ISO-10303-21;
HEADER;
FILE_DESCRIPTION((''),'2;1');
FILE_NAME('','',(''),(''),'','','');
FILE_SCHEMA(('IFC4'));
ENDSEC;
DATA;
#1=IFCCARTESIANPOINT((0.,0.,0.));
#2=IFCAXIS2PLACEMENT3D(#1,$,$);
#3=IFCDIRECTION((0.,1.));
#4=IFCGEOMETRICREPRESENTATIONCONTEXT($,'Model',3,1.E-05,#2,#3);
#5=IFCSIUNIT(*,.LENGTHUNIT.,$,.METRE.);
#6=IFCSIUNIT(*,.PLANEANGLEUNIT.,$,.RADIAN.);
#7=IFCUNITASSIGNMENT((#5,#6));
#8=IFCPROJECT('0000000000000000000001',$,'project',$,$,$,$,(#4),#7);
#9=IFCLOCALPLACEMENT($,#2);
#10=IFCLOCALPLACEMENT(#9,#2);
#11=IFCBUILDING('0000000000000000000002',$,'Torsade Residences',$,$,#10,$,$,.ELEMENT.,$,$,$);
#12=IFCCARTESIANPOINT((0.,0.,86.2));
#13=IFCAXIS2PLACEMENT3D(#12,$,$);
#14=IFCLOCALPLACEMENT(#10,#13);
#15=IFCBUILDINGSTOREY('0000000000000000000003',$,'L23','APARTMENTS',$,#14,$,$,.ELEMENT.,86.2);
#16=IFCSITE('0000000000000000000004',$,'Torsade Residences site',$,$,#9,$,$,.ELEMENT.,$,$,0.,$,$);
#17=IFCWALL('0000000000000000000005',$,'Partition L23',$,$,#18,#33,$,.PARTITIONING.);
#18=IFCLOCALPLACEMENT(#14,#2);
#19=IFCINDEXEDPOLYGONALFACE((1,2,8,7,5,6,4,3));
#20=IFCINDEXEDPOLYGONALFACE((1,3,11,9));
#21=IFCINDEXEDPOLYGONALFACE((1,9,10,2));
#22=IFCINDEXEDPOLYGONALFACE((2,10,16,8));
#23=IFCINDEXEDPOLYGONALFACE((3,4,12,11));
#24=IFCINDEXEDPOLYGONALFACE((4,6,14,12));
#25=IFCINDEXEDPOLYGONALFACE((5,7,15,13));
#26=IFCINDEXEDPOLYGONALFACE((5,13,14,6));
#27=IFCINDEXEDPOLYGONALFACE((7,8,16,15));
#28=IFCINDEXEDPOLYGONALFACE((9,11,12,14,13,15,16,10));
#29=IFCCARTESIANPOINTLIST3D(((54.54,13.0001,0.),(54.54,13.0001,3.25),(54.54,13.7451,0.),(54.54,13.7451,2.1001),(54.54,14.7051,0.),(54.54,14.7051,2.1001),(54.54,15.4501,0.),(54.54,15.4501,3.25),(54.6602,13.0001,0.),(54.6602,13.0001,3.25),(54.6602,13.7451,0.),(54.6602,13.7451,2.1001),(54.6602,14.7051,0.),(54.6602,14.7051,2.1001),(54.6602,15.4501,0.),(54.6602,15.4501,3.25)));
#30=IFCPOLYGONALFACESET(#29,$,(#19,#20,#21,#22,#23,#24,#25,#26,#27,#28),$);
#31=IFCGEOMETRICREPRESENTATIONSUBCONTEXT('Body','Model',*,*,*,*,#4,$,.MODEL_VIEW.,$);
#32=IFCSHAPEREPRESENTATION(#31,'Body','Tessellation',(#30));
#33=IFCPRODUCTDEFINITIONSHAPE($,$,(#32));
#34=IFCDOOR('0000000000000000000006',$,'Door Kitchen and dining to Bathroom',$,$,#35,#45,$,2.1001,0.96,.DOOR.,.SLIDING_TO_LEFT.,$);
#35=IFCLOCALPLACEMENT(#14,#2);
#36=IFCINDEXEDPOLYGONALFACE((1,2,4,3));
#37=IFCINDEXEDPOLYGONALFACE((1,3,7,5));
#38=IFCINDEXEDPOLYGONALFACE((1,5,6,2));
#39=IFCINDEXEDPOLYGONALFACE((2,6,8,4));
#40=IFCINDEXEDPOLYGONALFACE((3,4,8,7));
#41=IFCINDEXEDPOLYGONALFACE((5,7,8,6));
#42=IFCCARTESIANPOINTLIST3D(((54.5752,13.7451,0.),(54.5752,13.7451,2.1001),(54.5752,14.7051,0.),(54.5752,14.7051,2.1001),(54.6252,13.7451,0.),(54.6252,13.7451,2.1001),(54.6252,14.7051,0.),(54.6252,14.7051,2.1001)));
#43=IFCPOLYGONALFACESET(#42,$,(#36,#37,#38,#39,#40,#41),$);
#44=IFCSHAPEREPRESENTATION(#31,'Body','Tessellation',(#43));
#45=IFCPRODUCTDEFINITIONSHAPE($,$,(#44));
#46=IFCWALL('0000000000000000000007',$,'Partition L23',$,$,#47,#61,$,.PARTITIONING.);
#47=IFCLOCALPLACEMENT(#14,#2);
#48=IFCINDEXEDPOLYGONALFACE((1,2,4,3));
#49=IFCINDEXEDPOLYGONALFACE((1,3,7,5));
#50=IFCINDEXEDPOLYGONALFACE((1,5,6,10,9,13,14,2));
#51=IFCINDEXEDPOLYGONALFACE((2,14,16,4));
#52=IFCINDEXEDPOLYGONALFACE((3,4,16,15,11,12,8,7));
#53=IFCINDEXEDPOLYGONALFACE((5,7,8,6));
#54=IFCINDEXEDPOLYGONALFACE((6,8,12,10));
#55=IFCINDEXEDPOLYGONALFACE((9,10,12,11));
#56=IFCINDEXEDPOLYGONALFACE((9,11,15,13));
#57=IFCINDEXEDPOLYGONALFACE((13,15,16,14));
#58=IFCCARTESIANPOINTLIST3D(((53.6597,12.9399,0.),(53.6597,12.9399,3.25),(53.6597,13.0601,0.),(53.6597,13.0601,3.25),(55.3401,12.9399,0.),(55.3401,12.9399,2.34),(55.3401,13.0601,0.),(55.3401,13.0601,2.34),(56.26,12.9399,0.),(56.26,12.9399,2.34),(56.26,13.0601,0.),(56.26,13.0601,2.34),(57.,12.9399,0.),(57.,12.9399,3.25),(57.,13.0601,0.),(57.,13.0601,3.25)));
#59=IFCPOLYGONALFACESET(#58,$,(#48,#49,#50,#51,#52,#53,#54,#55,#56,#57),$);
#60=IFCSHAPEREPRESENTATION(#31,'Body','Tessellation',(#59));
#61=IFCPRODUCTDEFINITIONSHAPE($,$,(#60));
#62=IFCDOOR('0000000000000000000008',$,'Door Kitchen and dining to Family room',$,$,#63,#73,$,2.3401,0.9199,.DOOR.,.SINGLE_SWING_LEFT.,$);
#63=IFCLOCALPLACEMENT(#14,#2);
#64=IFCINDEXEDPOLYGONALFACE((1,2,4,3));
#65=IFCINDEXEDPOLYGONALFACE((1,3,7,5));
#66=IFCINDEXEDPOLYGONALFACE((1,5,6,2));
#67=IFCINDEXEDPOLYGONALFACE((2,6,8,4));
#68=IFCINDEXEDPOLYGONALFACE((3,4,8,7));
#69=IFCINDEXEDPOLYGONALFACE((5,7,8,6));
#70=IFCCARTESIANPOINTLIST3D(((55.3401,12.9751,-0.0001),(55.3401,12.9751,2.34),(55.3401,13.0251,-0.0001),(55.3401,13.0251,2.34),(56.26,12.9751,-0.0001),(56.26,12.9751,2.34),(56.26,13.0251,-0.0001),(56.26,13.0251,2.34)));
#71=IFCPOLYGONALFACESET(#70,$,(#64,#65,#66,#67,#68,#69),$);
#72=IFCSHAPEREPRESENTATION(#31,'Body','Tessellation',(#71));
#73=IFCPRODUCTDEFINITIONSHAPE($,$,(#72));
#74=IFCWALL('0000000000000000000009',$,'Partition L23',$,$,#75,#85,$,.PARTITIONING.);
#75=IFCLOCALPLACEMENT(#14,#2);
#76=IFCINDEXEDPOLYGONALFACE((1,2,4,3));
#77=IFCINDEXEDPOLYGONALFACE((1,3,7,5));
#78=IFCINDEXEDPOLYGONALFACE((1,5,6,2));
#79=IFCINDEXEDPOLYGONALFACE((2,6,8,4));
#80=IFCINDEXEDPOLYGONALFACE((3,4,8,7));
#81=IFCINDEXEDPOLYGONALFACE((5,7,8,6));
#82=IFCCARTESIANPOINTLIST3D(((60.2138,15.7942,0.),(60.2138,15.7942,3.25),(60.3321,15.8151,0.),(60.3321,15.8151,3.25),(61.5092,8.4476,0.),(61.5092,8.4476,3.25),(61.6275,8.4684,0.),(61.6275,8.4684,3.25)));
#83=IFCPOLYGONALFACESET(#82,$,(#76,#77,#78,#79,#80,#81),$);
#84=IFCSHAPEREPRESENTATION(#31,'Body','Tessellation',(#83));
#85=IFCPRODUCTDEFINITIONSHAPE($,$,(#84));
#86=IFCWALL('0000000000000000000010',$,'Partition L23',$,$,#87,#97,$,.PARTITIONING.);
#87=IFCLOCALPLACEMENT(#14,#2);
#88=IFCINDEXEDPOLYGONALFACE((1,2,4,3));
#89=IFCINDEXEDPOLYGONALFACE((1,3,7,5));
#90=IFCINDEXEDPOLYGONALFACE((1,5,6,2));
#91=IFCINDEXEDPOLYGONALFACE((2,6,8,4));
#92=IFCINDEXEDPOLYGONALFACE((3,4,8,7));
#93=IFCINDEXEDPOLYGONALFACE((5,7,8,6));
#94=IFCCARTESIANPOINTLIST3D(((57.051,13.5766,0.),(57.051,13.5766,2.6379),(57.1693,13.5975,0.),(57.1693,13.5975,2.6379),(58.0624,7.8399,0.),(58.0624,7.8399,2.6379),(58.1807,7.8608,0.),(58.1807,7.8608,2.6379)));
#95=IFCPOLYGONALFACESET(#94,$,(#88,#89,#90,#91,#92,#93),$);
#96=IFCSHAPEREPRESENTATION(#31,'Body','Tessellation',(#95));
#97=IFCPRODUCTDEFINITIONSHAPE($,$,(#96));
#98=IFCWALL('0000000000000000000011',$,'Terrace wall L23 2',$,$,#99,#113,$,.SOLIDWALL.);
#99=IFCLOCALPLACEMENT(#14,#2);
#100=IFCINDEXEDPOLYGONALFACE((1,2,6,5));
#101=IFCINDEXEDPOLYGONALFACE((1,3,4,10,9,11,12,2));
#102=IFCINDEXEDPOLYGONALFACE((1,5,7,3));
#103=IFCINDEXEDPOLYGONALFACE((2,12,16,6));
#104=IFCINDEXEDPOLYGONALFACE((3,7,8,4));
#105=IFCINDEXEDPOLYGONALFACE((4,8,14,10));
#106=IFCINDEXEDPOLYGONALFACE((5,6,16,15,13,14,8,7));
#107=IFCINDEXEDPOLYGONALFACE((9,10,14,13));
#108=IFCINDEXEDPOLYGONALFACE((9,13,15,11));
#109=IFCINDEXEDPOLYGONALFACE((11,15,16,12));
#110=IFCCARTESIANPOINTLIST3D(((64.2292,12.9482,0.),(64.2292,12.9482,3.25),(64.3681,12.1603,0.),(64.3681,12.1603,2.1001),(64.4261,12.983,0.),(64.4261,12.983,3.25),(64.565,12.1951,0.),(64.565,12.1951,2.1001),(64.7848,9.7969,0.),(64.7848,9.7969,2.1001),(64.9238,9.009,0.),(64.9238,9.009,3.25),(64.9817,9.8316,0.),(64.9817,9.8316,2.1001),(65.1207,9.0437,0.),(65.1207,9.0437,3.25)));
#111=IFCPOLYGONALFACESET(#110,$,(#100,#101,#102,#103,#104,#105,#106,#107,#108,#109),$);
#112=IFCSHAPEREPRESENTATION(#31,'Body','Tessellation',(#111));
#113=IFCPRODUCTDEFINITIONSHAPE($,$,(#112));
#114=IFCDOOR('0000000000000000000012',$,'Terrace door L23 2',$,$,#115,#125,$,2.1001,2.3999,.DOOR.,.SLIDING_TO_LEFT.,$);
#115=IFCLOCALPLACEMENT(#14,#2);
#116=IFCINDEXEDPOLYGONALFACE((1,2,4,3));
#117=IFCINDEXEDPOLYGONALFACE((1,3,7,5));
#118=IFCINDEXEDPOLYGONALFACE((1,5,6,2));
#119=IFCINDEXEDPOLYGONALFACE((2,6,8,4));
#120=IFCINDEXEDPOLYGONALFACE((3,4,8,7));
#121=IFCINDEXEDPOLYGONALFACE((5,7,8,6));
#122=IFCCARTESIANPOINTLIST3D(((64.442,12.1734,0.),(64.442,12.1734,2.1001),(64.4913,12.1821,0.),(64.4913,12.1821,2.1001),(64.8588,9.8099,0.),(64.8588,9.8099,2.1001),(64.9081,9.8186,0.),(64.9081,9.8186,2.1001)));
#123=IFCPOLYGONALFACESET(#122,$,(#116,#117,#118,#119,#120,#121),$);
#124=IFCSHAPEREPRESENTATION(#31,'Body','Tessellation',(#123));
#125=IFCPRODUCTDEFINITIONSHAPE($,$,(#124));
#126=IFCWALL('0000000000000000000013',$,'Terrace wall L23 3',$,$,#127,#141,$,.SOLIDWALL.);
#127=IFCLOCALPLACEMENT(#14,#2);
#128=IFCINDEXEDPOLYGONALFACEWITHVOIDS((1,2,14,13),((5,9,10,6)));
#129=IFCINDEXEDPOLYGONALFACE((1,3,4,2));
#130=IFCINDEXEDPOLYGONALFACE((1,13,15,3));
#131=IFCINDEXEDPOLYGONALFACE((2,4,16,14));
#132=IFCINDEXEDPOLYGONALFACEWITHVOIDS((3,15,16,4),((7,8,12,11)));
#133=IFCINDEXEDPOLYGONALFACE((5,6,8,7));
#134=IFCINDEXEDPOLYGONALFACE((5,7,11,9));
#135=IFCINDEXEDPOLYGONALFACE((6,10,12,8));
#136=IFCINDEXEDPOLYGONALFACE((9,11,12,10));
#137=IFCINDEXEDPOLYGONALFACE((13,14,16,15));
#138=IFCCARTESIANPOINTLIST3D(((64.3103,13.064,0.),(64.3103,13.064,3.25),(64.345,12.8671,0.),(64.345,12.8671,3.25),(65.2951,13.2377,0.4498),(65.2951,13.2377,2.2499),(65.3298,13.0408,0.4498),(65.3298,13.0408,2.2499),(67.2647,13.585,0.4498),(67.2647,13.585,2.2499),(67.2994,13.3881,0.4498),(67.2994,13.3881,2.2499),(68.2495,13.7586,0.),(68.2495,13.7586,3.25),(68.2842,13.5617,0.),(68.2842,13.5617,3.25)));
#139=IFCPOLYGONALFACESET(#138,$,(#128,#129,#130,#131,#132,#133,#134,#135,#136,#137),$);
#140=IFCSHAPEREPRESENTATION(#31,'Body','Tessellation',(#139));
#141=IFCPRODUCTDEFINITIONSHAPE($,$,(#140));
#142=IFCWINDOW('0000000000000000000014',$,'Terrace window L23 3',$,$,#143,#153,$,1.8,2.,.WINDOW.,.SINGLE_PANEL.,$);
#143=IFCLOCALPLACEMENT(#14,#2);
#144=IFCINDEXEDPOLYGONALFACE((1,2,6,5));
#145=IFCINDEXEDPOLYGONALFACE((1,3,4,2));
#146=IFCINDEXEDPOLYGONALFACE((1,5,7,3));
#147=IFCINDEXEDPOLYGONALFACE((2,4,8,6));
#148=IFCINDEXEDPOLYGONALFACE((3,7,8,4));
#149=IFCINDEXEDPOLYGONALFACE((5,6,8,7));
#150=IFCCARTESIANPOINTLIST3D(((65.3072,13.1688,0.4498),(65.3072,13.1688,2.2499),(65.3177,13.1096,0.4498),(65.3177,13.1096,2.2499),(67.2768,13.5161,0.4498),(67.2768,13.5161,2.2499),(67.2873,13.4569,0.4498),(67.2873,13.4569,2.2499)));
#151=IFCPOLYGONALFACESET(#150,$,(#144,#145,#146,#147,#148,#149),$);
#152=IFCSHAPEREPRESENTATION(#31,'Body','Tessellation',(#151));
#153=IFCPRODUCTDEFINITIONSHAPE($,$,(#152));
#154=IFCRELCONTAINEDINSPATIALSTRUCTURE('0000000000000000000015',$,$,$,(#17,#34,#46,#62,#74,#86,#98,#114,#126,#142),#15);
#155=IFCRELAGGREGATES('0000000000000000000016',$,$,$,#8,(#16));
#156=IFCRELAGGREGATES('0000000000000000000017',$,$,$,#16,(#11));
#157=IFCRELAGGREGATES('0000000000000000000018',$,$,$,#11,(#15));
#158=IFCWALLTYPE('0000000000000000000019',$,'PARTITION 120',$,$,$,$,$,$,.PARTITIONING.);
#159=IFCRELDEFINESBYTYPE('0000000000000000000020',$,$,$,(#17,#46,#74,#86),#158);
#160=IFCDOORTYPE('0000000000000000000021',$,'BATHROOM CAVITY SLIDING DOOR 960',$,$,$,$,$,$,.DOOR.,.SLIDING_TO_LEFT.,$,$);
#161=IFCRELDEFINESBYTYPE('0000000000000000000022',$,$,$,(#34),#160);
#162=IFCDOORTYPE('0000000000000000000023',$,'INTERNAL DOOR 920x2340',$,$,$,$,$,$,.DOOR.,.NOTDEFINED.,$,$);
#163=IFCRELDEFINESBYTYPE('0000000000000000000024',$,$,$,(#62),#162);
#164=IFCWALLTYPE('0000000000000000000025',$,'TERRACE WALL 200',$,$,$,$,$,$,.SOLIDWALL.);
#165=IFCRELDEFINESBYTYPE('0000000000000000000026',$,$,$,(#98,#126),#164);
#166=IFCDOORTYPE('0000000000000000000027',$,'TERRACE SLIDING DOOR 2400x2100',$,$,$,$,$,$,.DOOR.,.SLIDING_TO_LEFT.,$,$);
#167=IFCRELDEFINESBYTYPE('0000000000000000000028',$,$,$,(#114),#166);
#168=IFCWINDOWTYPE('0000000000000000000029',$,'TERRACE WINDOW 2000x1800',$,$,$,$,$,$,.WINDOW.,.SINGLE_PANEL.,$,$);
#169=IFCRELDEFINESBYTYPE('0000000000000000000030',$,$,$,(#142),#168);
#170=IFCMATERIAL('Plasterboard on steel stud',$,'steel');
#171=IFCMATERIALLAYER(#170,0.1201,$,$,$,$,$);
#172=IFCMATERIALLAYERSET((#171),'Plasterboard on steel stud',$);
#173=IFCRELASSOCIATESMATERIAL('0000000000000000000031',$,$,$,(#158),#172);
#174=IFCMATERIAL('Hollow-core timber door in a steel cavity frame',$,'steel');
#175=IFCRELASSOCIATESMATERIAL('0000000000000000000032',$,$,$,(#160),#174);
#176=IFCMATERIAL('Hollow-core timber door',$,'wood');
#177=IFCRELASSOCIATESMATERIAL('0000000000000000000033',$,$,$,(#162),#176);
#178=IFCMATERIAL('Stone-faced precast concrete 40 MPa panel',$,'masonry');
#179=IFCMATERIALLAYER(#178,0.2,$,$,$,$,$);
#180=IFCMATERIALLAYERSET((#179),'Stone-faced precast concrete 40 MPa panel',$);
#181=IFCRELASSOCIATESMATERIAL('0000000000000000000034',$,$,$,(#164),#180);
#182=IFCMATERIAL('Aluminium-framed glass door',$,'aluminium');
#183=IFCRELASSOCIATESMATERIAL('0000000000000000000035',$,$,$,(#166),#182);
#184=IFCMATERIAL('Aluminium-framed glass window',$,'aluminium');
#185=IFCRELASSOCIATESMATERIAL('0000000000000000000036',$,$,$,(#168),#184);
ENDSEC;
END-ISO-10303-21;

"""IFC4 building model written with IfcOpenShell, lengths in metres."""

from ifc_helpers import new_model, si_unit, direction, frame, frame_2d, origin, place, context, subcontext, project, spatial, rectangle, extrude, material, layer, layer_set, type_object, element, fill, save


model = new_model("IFC4")

# Units and contexts
model_context = context("Model", 3, precision=1e-05, world=origin(), true_north=direction((0.0, 1.0)))
body_context = subcontext(model_context, "Body", "Model", "MODEL_VIEW")
ifc_project = project(units=[si_unit("LENGTHUNIT", "METRE"), si_unit("PLANEANGLEUNIT", "RADIAN")], contexts=[model_context])

# Site, building, storey
site_placement = place(None, origin())
site = spatial("IfcSite", under=ifc_project, at=site_placement, Name="Torsade Residences site", CompositionType="ELEMENT", RefElevation=0.0)
building_placement = place(site_placement, origin())
building = spatial("IfcBuilding", under=site, at=building_placement, Name="Torsade Residences", CompositionType="ELEMENT")
storey_placement = place(building_placement, frame((0.0, 0.0, 86.2)))
storey = spatial("IfcBuildingStorey", under=building, at=storey_placement, Name="L23", Description="APARTMENTS", CompositionType="ELEMENT", Elevation=86.2)

# Walls, openings, doors
ifc_material_1 = material(Name="Plasterboard on steel stud", Category="steel")
ifc_layer_1 = layer(ifc_material_1, 0.1201)
ifc_layer_set_1 = layer_set([ifc_layer_1], Name="Plasterboard on steel stud")
wall_type_1 = type_object("IfcWallType", Name="PARTITION 120", PredefinedType="PARTITIONING", material=ifc_layer_set_1)
wall_1_placement = place(storey_placement, frame((54.6001, 13.0, 0.0), z_axis=(0.0, 0.0, 1.0), x_axis=(0.0, 1.0, 0.0)))
wall_1 = element("IfcWall", 1, at=wall_1_placement, inside=storey, type_object=wall_type_1, Name="Partition L23", PredefinedType="PARTITIONING", context=body_context, shape_type="SweptSolid", body=[
    extrude(rectangle(XDim=2.45, YDim=0.1201, at=frame_2d((1.2251, 0.0))), origin(), (0.0, 0.0, 1.0), 3.25),
])
opening_1_placement = place(wall_1_placement, frame((0.7451, 0.0, 0.0)))
opening_1 = element("IfcOpeningElement", 2, at=opening_1_placement, cuts=wall_1, PredefinedType="OPENING", context=body_context, shape_type="SweptSolid", body=[
    extrude(rectangle(XDim=0.96, YDim=2.1001, at=frame_2d((0.48, 1.05))), frame((0.0, 0.0701, 0.0), z_axis=(0.0, -1.0, 0.0), x_axis=(1.0, 0.0, 0.0)), (0.0, 0.0, 1.0), 0.1401),
])
ifc_material_2 = material(Name="Hollow-core timber door in a steel cavity frame", Category="steel")
door_type_1 = type_object("IfcDoorType", Name="BATHROOM CAVITY SLIDING DOOR 960", OperationType="SLIDING_TO_LEFT", PredefinedType="DOOR", material=ifc_material_2)
door_1_placement = place(opening_1_placement, origin())
door_1 = element("IfcDoor", 3, at=door_1_placement, inside=storey, type_object=door_type_1, Name="Door Kitchen and dining to Bathroom", OperationType="SLIDING_TO_LEFT", OverallHeight=2.1001, OverallWidth=0.96, PredefinedType="DOOR", context=body_context, shape_type="SweptSolid", body=[
    extrude(rectangle(XDim=0.96, YDim=2.1001, at=frame_2d((0.48, 1.05))), frame((0.0, 0.0249, 0.0), z_axis=(0.0, -1.0, 0.0), x_axis=(1.0, 0.0, 0.0)), (0.0, 0.0, 1.0), 0.05),
])
fill(opening_1, door_1)
wall_2_placement = place(storey_placement, frame((57.0, 13.0, 0.0), z_axis=(0.0, 0.0, 1.0), x_axis=(-1.0, 0.0, 0.0)))
wall_2 = element("IfcWall", 4, at=wall_2_placement, inside=storey, type_object=wall_type_1, Name="Partition L23", PredefinedType="PARTITIONING", context=body_context, shape_type="SweptSolid", body=[
    extrude(rectangle(XDim=3.3403, YDim=0.1201, at=frame_2d((1.6702, 0.0))), origin(), (0.0, 0.0, 1.0), 3.25),
])
opening_2_placement = place(wall_2_placement, frame((0.74, 0.0, 0.0)))
opening_2 = element("IfcOpeningElement", 5, at=opening_2_placement, cuts=wall_2, PredefinedType="OPENING", context=body_context, shape_type="SweptSolid", body=[
    extrude(rectangle(XDim=0.9199, YDim=2.3401, at=frame_2d((0.46, 1.1699))), frame((0.0, 0.0701, 0.0), z_axis=(0.0, -1.0, 0.0), x_axis=(1.0, 0.0, 0.0)), (0.0, 0.0, 1.0), 0.1401),
])
ifc_material_3 = material(Name="Hollow-core timber door", Category="wood")
door_type_2 = type_object("IfcDoorType", Name="INTERNAL DOOR 920x2340", OperationType="NOTDEFINED", PredefinedType="DOOR", material=ifc_material_3)
door_2_placement = place(opening_2_placement, origin())
door_2 = element("IfcDoor", 6, at=door_2_placement, inside=storey, type_object=door_type_2, Name="Door Kitchen and dining to Family room", OperationType="SINGLE_SWING_LEFT", OverallHeight=2.3401, OverallWidth=0.9199, PredefinedType="DOOR", context=body_context, shape_type="SweptSolid", body=[
    extrude(rectangle(XDim=0.9199, YDim=2.3401, at=frame_2d((0.46, 1.1699))), frame((0.0, 0.0249, 0.0), z_axis=(0.0, -1.0, 0.0), x_axis=(1.0, 0.0, 0.0)), (0.0, 0.0, 1.0), 0.05),
])
fill(opening_2, door_2)

# Walls
wall_3_placement = place(storey_placement, frame((61.5684, 8.458, 0.0), z_axis=(0.0, 0.0, 1.0), x_axis=(-0.173647, 0.984808, 0.0)))
element("IfcWall", 7, at=wall_3_placement, inside=storey, type_object=wall_type_1, Name="Partition L23", PredefinedType="PARTITIONING", context=body_context, shape_type="SweptSolid", body=[
    extrude(rectangle(XDim=7.46, YDim=0.1201, at=frame_2d((3.73, 0.0))), origin(), (0.0, 0.0, 1.0), 3.25),
])
wall_4_placement = place(storey_placement, frame((58.1216, 7.8503, 0.0), z_axis=(0.0, 0.0, 1.0), x_axis=(-0.173635, 0.98481, 0.0)))
element("IfcWall", 8, at=wall_4_placement, inside=storey, type_object=wall_type_1, Name="Partition L23", PredefinedType="PARTITIONING", context=body_context, shape_type="SweptSolid", body=[
    extrude(rectangle(XDim=5.8252, YDim=0.1201, at=frame_2d((2.9126, 0.0))), origin(), (0.0, 0.0, 1.0), 2.6379),
])

# Wall, opening, door
ifc_material_4 = material(Name="Stone-faced precast concrete 40 MPa panel", Category="masonry")
ifc_layer_2 = layer(ifc_material_4, 0.2)
ifc_layer_set_2 = layer_set([ifc_layer_2], Name="Stone-faced precast concrete 40 MPa panel")
wall_type_2 = type_object("IfcWallType", Name="TERRACE WALL 200", PredefinedType="SOLIDWALL", material=ifc_layer_set_2)
wall_5_placement = place(storey_placement, frame((65.0222, 9.0264, 0.0), z_axis=(0.0, 0.0, 1.0), x_axis=(-0.173646, 0.984808, 0.0)))
wall_5 = element("IfcWall", 9, at=wall_5_placement, inside=storey, type_object=wall_type_2, Name="Terrace wall L23 2", PredefinedType="SOLIDWALL", context=body_context, shape_type="SweptSolid", body=[
    extrude(rectangle(XDim=4.0, YDim=0.2, at=frame_2d((2.0, 0.0))), origin(), (0.0, 0.0, 1.0), 3.25),
])
opening_3_placement = place(wall_5_placement, frame((0.8, 0.0, 0.0)))
opening_3 = element("IfcOpeningElement", 10, at=opening_3_placement, cuts=wall_5, PredefinedType="OPENING", context=body_context, shape_type="SweptSolid", body=[
    extrude(rectangle(XDim=2.3999, YDim=2.1001, at=frame_2d((1.2, 1.05))), frame((0.0, 0.1099, 0.0), z_axis=(0.0, -1.0, 0.0), x_axis=(1.0, 0.0, 0.0)), (0.0, 0.0, 1.0), 0.22),
])
ifc_material_5 = material(Name="Aluminium-framed glass door", Category="aluminium")
door_type_3 = type_object("IfcDoorType", Name="TERRACE SLIDING DOOR 2400x2100", OperationType="SLIDING_TO_LEFT", PredefinedType="DOOR", material=ifc_material_5)
door_3_placement = place(opening_3_placement, origin())
door_3 = element("IfcDoor", 11, at=door_3_placement, inside=storey, type_object=door_type_3, Name="Terrace door L23 2", OperationType="SLIDING_TO_LEFT", OverallHeight=2.1001, OverallWidth=2.3999, PredefinedType="DOOR", context=body_context, shape_type="SweptSolid", body=[
    extrude(rectangle(XDim=2.3999, YDim=2.1001, at=frame_2d((1.2, 1.05))), frame((0.0, 0.0249, 0.0), z_axis=(0.0, -1.0, 0.0), x_axis=(1.0, 0.0, 0.0)), (0.0, 0.0, 1.0), 0.05),
])
fill(opening_3, door_3)

# Wall, opening, window
wall_6_placement = place(storey_placement, frame((64.3276, 12.9656, 0.0), z_axis=(0.0, 0.0, 1.0), x_axis=(0.984808, 0.173646, 0.0)))
wall_6 = element("IfcWall", 12, at=wall_6_placement, inside=storey, type_object=wall_type_2, Name="Terrace wall L23 3", PredefinedType="SOLIDWALL", context=body_context, shape_type="SweptSolid", body=[
    extrude(rectangle(XDim=4.0, YDim=0.2, at=frame_2d((2.0, 0.0))), origin(), (0.0, 0.0, 1.0), 3.25),
])
opening_4_placement = place(wall_6_placement, frame((1.0, 0.0, 0.45)))
opening_4 = element("IfcOpeningElement", 13, at=opening_4_placement, cuts=wall_6, PredefinedType="OPENING", context=body_context, shape_type="SweptSolid", body=[
    extrude(rectangle(XDim=2.0, YDim=1.8, at=frame_2d((1.0, 0.8999))), frame((0.0, 0.1099, 0.0), z_axis=(0.0, -1.0, 0.0), x_axis=(1.0, 0.0, 0.0)), (0.0, 0.0, 1.0), 0.22),
])
ifc_material_6 = material(Name="Aluminium-framed glass window", Category="aluminium")
window_type = type_object("IfcWindowType", Name="TERRACE WINDOW 2000x1800", PartitioningType="SINGLE_PANEL", PredefinedType="WINDOW", material=ifc_material_6)
window_placement = place(opening_4_placement, origin())
window = element("IfcWindow", 14, at=window_placement, inside=storey, type_object=window_type, Name="Terrace window L23 3", OverallHeight=1.8, OverallWidth=2.0, PartitioningType="SINGLE_PANEL", PredefinedType="WINDOW", context=body_context, shape_type="SweptSolid", body=[
    extrude(rectangle(XDim=2.0, YDim=1.8, at=frame_2d((1.0, 0.8999))), frame((0.0, 0.03, 0.0), z_axis=(0.0, -1.0, 0.0), x_axis=(1.0, 0.0, 0.0)), (0.0, 0.0, 1.0), 0.0601),
])
fill(opening_4, window)

save(model, "model.ifc")
